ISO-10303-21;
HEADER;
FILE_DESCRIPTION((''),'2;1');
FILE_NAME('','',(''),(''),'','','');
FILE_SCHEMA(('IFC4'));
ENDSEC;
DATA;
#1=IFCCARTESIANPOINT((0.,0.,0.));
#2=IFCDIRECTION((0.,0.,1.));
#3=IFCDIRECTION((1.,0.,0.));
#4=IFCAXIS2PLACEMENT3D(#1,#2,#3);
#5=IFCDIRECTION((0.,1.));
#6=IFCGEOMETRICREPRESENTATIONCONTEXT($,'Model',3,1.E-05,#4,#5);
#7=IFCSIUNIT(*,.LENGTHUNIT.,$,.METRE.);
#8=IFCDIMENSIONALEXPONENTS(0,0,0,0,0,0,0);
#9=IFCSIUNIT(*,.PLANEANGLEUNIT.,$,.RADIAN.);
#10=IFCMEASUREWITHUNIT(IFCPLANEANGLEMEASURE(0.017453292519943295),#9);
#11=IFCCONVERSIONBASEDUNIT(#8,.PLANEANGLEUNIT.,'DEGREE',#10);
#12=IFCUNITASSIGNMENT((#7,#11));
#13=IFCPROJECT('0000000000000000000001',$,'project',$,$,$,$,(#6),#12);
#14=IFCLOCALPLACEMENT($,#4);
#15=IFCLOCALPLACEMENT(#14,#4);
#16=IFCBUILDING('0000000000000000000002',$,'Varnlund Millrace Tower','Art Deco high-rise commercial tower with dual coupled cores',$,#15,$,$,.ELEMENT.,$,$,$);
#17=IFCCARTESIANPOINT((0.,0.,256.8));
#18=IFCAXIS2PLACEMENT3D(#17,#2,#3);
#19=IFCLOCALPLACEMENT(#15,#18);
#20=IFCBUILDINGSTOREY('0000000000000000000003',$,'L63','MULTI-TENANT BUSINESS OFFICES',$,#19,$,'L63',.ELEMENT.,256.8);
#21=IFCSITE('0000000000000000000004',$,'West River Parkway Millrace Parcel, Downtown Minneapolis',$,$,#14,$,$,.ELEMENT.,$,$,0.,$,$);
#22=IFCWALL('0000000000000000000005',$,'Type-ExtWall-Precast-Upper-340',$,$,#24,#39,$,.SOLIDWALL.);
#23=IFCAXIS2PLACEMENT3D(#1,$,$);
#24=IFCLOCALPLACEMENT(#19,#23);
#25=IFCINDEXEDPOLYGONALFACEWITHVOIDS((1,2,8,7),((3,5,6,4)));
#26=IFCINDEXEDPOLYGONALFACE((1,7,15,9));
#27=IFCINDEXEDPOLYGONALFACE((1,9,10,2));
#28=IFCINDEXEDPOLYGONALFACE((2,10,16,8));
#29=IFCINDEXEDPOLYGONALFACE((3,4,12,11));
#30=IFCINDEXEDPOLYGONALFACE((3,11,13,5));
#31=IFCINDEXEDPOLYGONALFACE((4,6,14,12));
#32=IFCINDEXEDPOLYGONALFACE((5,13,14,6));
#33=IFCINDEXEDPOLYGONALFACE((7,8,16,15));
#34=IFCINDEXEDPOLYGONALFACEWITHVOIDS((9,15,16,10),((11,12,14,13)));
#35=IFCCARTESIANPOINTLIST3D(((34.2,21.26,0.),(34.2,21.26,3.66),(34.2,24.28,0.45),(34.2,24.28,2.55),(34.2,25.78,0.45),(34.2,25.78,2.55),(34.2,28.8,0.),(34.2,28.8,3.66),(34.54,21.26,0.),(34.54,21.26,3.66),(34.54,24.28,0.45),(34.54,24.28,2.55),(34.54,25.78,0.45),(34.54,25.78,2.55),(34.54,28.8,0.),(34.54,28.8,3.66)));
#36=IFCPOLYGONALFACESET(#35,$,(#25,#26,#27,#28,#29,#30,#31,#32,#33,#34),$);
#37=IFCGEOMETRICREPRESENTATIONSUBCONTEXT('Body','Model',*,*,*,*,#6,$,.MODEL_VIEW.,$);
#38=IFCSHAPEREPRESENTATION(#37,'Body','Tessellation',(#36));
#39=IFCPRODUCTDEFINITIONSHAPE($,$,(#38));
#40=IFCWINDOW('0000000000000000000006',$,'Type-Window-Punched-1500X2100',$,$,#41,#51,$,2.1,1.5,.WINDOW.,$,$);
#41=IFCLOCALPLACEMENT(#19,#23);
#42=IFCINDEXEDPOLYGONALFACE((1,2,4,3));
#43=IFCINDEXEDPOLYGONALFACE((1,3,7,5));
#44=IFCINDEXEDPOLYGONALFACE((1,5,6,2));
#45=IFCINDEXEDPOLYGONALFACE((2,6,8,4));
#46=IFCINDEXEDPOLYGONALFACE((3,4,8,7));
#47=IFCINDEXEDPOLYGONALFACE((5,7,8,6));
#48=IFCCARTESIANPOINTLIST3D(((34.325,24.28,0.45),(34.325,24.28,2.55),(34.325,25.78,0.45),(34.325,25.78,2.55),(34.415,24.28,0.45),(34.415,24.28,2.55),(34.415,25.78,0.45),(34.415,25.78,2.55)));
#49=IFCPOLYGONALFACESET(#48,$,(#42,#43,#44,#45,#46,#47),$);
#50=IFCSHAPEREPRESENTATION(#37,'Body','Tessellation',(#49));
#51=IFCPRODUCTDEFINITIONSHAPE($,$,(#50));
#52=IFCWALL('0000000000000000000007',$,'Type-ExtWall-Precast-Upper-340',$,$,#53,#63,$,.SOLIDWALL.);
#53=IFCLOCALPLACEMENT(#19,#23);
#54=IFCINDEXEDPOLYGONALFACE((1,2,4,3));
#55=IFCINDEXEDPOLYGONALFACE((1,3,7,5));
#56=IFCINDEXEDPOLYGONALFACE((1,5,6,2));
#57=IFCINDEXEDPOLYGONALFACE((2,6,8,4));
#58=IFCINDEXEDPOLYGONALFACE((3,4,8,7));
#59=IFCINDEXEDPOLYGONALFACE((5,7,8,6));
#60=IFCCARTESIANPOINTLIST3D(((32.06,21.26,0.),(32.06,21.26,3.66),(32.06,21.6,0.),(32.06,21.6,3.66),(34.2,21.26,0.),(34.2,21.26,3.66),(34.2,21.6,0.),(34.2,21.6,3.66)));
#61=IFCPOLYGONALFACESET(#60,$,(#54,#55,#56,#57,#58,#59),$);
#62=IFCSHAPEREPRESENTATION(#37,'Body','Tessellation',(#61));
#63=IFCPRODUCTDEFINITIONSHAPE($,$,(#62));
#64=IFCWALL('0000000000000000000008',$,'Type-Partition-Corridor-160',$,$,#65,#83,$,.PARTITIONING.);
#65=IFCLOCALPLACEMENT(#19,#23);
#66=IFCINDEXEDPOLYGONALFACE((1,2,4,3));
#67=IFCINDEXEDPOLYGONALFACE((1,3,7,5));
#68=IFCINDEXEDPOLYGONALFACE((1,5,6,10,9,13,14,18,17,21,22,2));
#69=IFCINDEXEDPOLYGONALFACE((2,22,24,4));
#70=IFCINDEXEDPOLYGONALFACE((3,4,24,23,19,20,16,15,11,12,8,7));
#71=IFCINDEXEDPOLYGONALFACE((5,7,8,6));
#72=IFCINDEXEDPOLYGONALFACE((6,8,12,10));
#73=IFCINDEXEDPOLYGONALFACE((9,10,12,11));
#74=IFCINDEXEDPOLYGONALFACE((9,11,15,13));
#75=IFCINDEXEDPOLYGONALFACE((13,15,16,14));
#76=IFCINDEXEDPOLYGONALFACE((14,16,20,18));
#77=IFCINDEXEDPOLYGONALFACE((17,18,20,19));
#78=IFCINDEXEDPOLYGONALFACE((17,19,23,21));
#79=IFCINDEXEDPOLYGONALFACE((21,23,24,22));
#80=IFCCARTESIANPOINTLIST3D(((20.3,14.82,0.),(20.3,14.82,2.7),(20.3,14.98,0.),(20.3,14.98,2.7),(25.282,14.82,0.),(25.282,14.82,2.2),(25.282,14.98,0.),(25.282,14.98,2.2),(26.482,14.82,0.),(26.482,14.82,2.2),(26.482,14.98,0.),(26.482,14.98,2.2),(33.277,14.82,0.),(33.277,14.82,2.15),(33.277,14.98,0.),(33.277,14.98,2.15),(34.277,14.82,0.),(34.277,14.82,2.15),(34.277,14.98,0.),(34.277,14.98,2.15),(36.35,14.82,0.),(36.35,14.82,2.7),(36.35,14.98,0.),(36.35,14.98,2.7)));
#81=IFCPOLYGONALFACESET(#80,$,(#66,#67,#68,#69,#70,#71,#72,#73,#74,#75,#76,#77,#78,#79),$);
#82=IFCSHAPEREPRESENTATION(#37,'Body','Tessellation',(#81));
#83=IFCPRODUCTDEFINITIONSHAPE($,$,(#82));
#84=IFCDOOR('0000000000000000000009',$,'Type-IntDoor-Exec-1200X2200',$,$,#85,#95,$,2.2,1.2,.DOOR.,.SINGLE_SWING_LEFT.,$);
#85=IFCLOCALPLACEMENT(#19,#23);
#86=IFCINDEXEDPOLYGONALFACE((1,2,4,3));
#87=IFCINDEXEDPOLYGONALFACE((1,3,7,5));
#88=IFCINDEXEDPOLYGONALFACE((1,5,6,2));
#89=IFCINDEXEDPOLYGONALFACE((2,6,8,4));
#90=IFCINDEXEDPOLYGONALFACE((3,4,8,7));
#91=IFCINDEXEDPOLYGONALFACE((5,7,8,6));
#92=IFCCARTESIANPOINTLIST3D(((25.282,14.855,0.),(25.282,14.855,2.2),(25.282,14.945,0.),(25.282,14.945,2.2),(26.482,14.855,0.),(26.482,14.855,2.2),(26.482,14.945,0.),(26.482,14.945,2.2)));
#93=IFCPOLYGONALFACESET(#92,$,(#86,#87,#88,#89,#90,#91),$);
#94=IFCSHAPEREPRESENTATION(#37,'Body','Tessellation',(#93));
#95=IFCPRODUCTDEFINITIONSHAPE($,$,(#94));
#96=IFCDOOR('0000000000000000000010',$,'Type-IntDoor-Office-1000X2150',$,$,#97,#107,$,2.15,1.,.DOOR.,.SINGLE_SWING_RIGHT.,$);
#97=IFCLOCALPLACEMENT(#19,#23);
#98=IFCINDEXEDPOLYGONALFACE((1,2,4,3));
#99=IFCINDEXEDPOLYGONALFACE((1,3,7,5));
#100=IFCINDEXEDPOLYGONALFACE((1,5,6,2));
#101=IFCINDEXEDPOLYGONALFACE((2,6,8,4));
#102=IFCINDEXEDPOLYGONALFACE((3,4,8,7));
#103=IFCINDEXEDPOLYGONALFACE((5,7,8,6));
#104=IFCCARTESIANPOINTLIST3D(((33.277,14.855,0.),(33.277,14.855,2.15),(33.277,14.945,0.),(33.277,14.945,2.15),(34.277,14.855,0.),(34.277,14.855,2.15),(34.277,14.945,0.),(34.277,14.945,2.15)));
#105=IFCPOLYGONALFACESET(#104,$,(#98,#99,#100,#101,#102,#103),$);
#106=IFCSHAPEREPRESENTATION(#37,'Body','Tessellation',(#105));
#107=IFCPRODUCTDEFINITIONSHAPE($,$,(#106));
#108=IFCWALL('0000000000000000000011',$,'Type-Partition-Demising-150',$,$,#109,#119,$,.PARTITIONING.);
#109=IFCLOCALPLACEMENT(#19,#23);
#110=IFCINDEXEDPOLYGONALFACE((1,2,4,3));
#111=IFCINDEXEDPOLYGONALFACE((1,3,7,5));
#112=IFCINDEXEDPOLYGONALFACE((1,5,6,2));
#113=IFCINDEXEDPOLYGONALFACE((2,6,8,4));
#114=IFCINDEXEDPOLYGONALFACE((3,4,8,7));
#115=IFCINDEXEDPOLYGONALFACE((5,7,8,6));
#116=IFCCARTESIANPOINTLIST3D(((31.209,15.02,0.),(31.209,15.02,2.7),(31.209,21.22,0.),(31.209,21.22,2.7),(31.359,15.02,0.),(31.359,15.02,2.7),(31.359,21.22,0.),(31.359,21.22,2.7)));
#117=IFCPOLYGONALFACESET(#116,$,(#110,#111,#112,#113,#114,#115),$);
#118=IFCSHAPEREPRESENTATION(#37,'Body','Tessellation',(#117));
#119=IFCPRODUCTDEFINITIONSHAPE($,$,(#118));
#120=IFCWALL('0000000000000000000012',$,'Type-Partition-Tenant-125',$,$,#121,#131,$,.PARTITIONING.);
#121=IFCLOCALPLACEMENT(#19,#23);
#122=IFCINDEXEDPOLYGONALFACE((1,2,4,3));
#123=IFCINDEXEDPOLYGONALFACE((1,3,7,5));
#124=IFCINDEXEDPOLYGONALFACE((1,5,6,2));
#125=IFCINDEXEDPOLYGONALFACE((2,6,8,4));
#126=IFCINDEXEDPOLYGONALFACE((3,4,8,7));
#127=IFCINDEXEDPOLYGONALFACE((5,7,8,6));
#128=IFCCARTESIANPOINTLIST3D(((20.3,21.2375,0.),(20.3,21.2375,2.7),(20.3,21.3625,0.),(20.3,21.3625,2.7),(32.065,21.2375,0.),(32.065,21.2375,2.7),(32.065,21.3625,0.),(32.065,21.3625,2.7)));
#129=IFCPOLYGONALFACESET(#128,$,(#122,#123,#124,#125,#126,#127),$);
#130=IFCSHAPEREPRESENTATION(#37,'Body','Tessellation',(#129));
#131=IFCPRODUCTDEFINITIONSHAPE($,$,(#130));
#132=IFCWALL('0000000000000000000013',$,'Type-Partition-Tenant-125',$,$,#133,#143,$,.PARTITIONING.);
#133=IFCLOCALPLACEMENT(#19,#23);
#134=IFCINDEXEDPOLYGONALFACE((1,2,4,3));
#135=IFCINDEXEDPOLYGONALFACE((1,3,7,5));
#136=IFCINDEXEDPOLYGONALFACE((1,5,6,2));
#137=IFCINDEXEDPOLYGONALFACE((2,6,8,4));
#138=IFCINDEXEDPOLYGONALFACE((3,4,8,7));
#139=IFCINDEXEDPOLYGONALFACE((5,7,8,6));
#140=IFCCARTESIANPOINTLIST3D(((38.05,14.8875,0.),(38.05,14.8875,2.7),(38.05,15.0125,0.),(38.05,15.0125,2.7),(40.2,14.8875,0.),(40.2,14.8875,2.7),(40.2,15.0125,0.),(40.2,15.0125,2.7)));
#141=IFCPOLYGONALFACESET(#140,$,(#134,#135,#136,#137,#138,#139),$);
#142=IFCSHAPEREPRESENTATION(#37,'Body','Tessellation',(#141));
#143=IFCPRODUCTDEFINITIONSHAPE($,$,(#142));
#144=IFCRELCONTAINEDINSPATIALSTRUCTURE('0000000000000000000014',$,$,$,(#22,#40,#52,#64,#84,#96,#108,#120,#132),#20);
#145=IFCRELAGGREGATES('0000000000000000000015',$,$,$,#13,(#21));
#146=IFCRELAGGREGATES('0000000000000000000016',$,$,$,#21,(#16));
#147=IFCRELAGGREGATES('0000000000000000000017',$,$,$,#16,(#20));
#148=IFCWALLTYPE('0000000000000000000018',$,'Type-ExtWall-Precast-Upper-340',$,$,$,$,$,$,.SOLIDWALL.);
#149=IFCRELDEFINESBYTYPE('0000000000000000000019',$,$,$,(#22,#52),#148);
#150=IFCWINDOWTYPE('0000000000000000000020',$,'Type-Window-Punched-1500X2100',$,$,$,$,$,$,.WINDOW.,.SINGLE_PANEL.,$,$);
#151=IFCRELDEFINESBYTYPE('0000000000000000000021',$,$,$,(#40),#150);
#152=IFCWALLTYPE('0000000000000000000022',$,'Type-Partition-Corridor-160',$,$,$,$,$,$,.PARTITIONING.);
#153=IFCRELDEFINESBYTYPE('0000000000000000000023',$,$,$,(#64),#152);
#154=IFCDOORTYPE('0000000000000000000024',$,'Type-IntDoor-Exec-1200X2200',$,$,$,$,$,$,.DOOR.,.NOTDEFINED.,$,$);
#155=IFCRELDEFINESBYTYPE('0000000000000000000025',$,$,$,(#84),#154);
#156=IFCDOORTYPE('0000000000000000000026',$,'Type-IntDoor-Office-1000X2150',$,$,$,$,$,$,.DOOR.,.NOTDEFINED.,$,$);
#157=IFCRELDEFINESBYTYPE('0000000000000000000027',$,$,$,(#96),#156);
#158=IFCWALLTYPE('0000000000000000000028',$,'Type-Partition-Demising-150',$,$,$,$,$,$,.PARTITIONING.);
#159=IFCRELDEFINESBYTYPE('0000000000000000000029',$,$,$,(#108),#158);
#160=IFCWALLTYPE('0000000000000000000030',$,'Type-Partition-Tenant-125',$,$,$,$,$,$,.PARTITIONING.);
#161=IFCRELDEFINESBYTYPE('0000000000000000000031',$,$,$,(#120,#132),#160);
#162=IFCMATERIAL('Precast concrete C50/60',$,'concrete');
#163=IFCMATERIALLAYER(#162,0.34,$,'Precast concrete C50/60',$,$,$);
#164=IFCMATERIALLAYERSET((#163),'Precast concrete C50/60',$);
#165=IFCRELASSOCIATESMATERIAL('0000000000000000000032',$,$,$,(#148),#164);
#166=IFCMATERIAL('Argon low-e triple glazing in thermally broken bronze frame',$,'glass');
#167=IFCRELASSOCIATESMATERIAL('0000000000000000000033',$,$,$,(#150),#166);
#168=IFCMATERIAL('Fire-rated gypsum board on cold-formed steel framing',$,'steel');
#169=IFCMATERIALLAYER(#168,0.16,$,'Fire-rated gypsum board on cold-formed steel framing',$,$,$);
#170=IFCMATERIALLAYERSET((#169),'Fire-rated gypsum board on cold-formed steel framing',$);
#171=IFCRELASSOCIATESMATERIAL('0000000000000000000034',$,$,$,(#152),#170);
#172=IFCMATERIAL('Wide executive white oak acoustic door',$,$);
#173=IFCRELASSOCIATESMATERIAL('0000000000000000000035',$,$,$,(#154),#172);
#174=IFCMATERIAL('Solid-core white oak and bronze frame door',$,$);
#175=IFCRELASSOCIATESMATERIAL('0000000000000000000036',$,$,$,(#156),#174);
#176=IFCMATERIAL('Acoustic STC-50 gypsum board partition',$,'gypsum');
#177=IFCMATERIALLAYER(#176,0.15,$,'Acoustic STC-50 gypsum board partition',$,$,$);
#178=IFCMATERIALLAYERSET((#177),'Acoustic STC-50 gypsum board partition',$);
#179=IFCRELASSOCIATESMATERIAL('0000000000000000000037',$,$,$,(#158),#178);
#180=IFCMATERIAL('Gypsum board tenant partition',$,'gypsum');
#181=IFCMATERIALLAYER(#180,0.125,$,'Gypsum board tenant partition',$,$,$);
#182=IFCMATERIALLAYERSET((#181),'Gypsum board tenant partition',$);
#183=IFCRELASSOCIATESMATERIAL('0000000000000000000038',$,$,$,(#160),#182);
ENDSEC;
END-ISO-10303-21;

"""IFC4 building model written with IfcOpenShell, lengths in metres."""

from ifc_helpers import new_model, entity, si_unit, converted_unit, direction, frame, origin_with_axes, origin_2d_with_axis, place, context, subcontext, project, spatial, polyline, rectangle, outline, extrude, material, layer, layer_set, type_object, element, fill, save


model = new_model("IFC4")

# Units and contexts
model_context = context("Model", 3, precision=1e-05, world=origin_with_axes(), true_north=direction((0.0, 1.0)))
body_context = subcontext(model_context, "Body", "Model", "MODEL_VIEW")
ifc_project = project(units=[si_unit("LENGTHUNIT", "METRE"), converted_unit("PLANEANGLEUNIT", "DEGREE", entity("IfcPlaneAngleMeasure", 0.017453292519943295), si_unit("PLANEANGLEUNIT", "RADIAN"), dimensions=[0, 0, 0, 0, 0, 0, 0])], contexts=[model_context])

# Site, building, storey
site_placement = place(None, origin_with_axes())
site = spatial("IfcSite", under=ifc_project, at=site_placement, Name="West River Parkway Millrace Parcel, Downtown Minneapolis", CompositionType="ELEMENT", RefElevation=0.0)
building_placement = place(site_placement, origin_with_axes())
building = spatial("IfcBuilding", under=site, at=building_placement, Name="Varnlund Millrace Tower", Description="Art Deco high-rise commercial tower with dual coupled cores", CompositionType="ELEMENT")
storey_placement = place(building_placement, frame((0.0, 0.0, 256.8), z_axis=(0.0, 0.0, 1.0), x_axis=(1.0, 0.0, 0.0)))
storey = spatial("IfcBuildingStorey", under=building, at=storey_placement, Name="L63", Description="MULTI-TENANT BUSINESS OFFICES", LongName="L63", CompositionType="ELEMENT", Elevation=256.8)

# Wall, opening, window
ifc_material_1 = material(Name="Precast concrete C50/60", Category="concrete")
ifc_layer_1 = layer(ifc_material_1, 0.34, Name="Precast concrete C50/60")
ifc_layer_set_1 = layer_set([ifc_layer_1], Name="Precast concrete C50/60")
wall_type_1 = type_object("IfcWallType", Name="Type-ExtWall-Precast-Upper-340", PredefinedType="SOLIDWALL", material=ifc_layer_set_1)
wall_1_placement = place(storey_placement, frame((34.37, 21.26, 0.0), z_axis=(0.0, 0.0, 1.0), x_axis=(0.0, 1.0, 0.0)))
wall_1 = element("IfcWall", 1, at=wall_1_placement, inside=storey, type_object=wall_type_1, Name="Type-ExtWall-Precast-Upper-340", PredefinedType="SOLIDWALL", context=body_context, shape_type="SweptSolid", body=[
    extrude(outline(polyline([(0.0, -0.17), (7.54, -0.17), (7.54, 0.17), (0.0, 0.17), (0.0, -0.17)])), origin_with_axes(), (0.0, 0.0, 1.0), 3.66),
])
opening_1_placement = place(wall_1_placement, frame((3.77, 0.0, 0.45), z_axis=(0.0, 0.0, 1.0), x_axis=(1.0, 0.0, 0.0)))
opening_1 = element("IfcOpeningElement", 2, at=opening_1_placement, cuts=wall_1, PredefinedType="OPENING", context=body_context, shape_type="SweptSolid", body=[
    extrude(rectangle(XDim=1.5, YDim=0.36, at=origin_2d_with_axis()), origin_with_axes(), (0.0, 0.0, 1.0), 2.1),
])
ifc_material_2 = material(Name="Argon low-e triple glazing in thermally broken bronze frame", Category="glass")
window_type = type_object("IfcWindowType", Name="Type-Window-Punched-1500X2100", PartitioningType="SINGLE_PANEL", PredefinedType="WINDOW", material=ifc_material_2)
window_placement = place(wall_1_placement, frame((3.77, 0.0, 0.45), z_axis=(0.0, 0.0, 1.0), x_axis=(1.0, 0.0, 0.0)))
window = element("IfcWindow", 3, at=window_placement, inside=storey, type_object=window_type, Name="Type-Window-Punched-1500X2100", OverallHeight=2.1, OverallWidth=1.5, PredefinedType="WINDOW", context=body_context, shape_type="SweptSolid", body=[
    extrude(rectangle(XDim=1.5, YDim=0.09, at=origin_2d_with_axis()), origin_with_axes(), (0.0, 0.0, 1.0), 2.1),
])
fill(opening_1, window)

# Wall
wall_2_placement = place(storey_placement, frame((32.06, 21.43, 0.0), z_axis=(0.0, 0.0, 1.0), x_axis=(1.0, 0.0, 0.0)))
element("IfcWall", 4, at=wall_2_placement, inside=storey, type_object=wall_type_1, Name="Type-ExtWall-Precast-Upper-340", PredefinedType="SOLIDWALL", context=body_context, shape_type="SweptSolid", body=[
    extrude(outline(polyline([(0.0, -0.17), (2.14, -0.17), (2.14, 0.17), (0.0, 0.17), (0.0, -0.17)])), origin_with_axes(), (0.0, 0.0, 1.0), 3.66),
])

# Wall, openings, doors
ifc_material_3 = material(Name="Fire-rated gypsum board on cold-formed steel framing", Category="steel")
ifc_layer_2 = layer(ifc_material_3, 0.16, Name="Fire-rated gypsum board on cold-formed steel framing")
ifc_layer_set_2 = layer_set([ifc_layer_2], Name="Fire-rated gypsum board on cold-formed steel framing")
wall_type_2 = type_object("IfcWallType", Name="Type-Partition-Corridor-160", PredefinedType="PARTITIONING", material=ifc_layer_set_2)
wall_3_placement = place(storey_placement, frame((20.3, 14.9, 0.0), z_axis=(0.0, 0.0, 1.0), x_axis=(1.0, 0.0, 0.0)))
wall_3 = element("IfcWall", 5, at=wall_3_placement, inside=storey, type_object=wall_type_2, Name="Type-Partition-Corridor-160", PredefinedType="PARTITIONING", context=body_context, shape_type="SweptSolid", body=[
    extrude(outline(polyline([(0.0, -0.08), (16.05, -0.08), (16.05, 0.08), (0.0, 0.08), (0.0, -0.08)])), origin_with_axes(), (0.0, 0.0, 1.0), 2.7),
])
opening_2_placement = place(wall_3_placement, frame((5.582, 0.0, 0.0), z_axis=(0.0, 0.0, 1.0), x_axis=(1.0, 0.0, 0.0)))
opening_2 = element("IfcOpeningElement", 6, at=opening_2_placement, cuts=wall_3, PredefinedType="OPENING", context=body_context, shape_type="SweptSolid", body=[
    extrude(rectangle(XDim=1.2, YDim=0.18, at=origin_2d_with_axis()), origin_with_axes(), (0.0, 0.0, 1.0), 2.2),
])
opening_3_placement = place(wall_3_placement, frame((13.477, 0.0, 0.0), z_axis=(0.0, 0.0, 1.0), x_axis=(1.0, 0.0, 0.0)))
opening_3 = element("IfcOpeningElement", 7, at=opening_3_placement, cuts=wall_3, PredefinedType="OPENING", context=body_context, shape_type="SweptSolid", body=[
    extrude(rectangle(XDim=1.0, YDim=0.18, at=origin_2d_with_axis()), origin_with_axes(), (0.0, 0.0, 1.0), 2.15),
])
ifc_material_4 = material(Name="Wide executive white oak acoustic door")
door_type_1 = type_object("IfcDoorType", Name="Type-IntDoor-Exec-1200X2200", OperationType="NOTDEFINED", PredefinedType="DOOR", material=ifc_material_4)
door_1_placement = place(wall_3_placement, frame((5.582, 0.0, 0.0), z_axis=(0.0, 0.0, 1.0), x_axis=(1.0, 0.0, 0.0)))
door_1 = element("IfcDoor", 8, at=door_1_placement, inside=storey, type_object=door_type_1, Name="Type-IntDoor-Exec-1200X2200", OperationType="SINGLE_SWING_LEFT", OverallHeight=2.2, OverallWidth=1.2, PredefinedType="DOOR", context=body_context, shape_type="SweptSolid", body=[
    extrude(rectangle(XDim=1.2, YDim=0.09, at=origin_2d_with_axis()), origin_with_axes(), (0.0, 0.0, 1.0), 2.2),
])
fill(opening_2, door_1)
ifc_material_5 = material(Name="Solid-core white oak and bronze frame door")
door_type_2 = type_object("IfcDoorType", Name="Type-IntDoor-Office-1000X2150", OperationType="NOTDEFINED", PredefinedType="DOOR", material=ifc_material_5)
door_2_placement = place(wall_3_placement, frame((13.477, 0.0, 0.0), z_axis=(0.0, 0.0, 1.0), x_axis=(1.0, 0.0, 0.0)))
door_2 = element("IfcDoor", 9, at=door_2_placement, inside=storey, type_object=door_type_2, Name="Type-IntDoor-Office-1000X2150", OperationType="SINGLE_SWING_RIGHT", OverallHeight=2.15, OverallWidth=1.0, PredefinedType="DOOR", context=body_context, shape_type="SweptSolid", body=[
    extrude(rectangle(XDim=1.0, YDim=0.09, at=origin_2d_with_axis()), origin_with_axes(), (0.0, 0.0, 1.0), 2.15),
])
fill(opening_3, door_2)

# Walls
ifc_material_6 = material(Name="Acoustic STC-50 gypsum board partition", Category="gypsum")
ifc_layer_3 = layer(ifc_material_6, 0.15, Name="Acoustic STC-50 gypsum board partition")
ifc_layer_set_3 = layer_set([ifc_layer_3], Name="Acoustic STC-50 gypsum board partition")
wall_type_3 = type_object("IfcWallType", Name="Type-Partition-Demising-150", PredefinedType="PARTITIONING", material=ifc_layer_set_3)
wall_4_placement = place(storey_placement, frame((31.284, 15.02, 0.0), z_axis=(0.0, 0.0, 1.0), x_axis=(0.0, 1.0, 0.0)))
element("IfcWall", 10, at=wall_4_placement, inside=storey, type_object=wall_type_3, Name="Type-Partition-Demising-150", PredefinedType="PARTITIONING", context=body_context, shape_type="SweptSolid", body=[
    extrude(outline(polyline([(0.0, -0.075), (6.2, -0.075), (6.2, 0.075), (0.0, 0.075), (0.0, -0.075)])), origin_with_axes(), (0.0, 0.0, 1.0), 2.7),
])
ifc_material_7 = material(Name="Gypsum board tenant partition", Category="gypsum")
ifc_layer_4 = layer(ifc_material_7, 0.125, Name="Gypsum board tenant partition")
ifc_layer_set_4 = layer_set([ifc_layer_4], Name="Gypsum board tenant partition")
wall_type_4 = type_object("IfcWallType", Name="Type-Partition-Tenant-125", PredefinedType="PARTITIONING", material=ifc_layer_set_4)
wall_5_placement = place(storey_placement, frame((20.3, 21.3, 0.0), z_axis=(0.0, 0.0, 1.0), x_axis=(1.0, 0.0, 0.0)))
element("IfcWall", 11, at=wall_5_placement, inside=storey, type_object=wall_type_4, Name="Type-Partition-Tenant-125", PredefinedType="PARTITIONING", context=body_context, shape_type="SweptSolid", body=[
    extrude(outline(polyline([(0.0, -0.0625), (11.765, -0.0625), (11.765, 0.0625), (0.0, 0.0625), (0.0, -0.0625)])), origin_with_axes(), (0.0, 0.0, 1.0), 2.7),
])
wall_6_placement = place(storey_placement, frame((38.05, 14.95, 0.0), z_axis=(0.0, 0.0, 1.0), x_axis=(1.0, 0.0, 0.0)))
element("IfcWall", 12, at=wall_6_placement, inside=storey, type_object=wall_type_4, Name="Type-Partition-Tenant-125", PredefinedType="PARTITIONING", context=body_context, shape_type="SweptSolid", body=[
    extrude(outline(polyline([(0.0, -0.0625), (2.15, -0.0625), (2.15, 0.0625), (0.0, 0.0625), (0.0, -0.0625)])), origin_with_axes(), (0.0, 0.0, 1.0), 2.7),
])

save(model, "model.ifc")
